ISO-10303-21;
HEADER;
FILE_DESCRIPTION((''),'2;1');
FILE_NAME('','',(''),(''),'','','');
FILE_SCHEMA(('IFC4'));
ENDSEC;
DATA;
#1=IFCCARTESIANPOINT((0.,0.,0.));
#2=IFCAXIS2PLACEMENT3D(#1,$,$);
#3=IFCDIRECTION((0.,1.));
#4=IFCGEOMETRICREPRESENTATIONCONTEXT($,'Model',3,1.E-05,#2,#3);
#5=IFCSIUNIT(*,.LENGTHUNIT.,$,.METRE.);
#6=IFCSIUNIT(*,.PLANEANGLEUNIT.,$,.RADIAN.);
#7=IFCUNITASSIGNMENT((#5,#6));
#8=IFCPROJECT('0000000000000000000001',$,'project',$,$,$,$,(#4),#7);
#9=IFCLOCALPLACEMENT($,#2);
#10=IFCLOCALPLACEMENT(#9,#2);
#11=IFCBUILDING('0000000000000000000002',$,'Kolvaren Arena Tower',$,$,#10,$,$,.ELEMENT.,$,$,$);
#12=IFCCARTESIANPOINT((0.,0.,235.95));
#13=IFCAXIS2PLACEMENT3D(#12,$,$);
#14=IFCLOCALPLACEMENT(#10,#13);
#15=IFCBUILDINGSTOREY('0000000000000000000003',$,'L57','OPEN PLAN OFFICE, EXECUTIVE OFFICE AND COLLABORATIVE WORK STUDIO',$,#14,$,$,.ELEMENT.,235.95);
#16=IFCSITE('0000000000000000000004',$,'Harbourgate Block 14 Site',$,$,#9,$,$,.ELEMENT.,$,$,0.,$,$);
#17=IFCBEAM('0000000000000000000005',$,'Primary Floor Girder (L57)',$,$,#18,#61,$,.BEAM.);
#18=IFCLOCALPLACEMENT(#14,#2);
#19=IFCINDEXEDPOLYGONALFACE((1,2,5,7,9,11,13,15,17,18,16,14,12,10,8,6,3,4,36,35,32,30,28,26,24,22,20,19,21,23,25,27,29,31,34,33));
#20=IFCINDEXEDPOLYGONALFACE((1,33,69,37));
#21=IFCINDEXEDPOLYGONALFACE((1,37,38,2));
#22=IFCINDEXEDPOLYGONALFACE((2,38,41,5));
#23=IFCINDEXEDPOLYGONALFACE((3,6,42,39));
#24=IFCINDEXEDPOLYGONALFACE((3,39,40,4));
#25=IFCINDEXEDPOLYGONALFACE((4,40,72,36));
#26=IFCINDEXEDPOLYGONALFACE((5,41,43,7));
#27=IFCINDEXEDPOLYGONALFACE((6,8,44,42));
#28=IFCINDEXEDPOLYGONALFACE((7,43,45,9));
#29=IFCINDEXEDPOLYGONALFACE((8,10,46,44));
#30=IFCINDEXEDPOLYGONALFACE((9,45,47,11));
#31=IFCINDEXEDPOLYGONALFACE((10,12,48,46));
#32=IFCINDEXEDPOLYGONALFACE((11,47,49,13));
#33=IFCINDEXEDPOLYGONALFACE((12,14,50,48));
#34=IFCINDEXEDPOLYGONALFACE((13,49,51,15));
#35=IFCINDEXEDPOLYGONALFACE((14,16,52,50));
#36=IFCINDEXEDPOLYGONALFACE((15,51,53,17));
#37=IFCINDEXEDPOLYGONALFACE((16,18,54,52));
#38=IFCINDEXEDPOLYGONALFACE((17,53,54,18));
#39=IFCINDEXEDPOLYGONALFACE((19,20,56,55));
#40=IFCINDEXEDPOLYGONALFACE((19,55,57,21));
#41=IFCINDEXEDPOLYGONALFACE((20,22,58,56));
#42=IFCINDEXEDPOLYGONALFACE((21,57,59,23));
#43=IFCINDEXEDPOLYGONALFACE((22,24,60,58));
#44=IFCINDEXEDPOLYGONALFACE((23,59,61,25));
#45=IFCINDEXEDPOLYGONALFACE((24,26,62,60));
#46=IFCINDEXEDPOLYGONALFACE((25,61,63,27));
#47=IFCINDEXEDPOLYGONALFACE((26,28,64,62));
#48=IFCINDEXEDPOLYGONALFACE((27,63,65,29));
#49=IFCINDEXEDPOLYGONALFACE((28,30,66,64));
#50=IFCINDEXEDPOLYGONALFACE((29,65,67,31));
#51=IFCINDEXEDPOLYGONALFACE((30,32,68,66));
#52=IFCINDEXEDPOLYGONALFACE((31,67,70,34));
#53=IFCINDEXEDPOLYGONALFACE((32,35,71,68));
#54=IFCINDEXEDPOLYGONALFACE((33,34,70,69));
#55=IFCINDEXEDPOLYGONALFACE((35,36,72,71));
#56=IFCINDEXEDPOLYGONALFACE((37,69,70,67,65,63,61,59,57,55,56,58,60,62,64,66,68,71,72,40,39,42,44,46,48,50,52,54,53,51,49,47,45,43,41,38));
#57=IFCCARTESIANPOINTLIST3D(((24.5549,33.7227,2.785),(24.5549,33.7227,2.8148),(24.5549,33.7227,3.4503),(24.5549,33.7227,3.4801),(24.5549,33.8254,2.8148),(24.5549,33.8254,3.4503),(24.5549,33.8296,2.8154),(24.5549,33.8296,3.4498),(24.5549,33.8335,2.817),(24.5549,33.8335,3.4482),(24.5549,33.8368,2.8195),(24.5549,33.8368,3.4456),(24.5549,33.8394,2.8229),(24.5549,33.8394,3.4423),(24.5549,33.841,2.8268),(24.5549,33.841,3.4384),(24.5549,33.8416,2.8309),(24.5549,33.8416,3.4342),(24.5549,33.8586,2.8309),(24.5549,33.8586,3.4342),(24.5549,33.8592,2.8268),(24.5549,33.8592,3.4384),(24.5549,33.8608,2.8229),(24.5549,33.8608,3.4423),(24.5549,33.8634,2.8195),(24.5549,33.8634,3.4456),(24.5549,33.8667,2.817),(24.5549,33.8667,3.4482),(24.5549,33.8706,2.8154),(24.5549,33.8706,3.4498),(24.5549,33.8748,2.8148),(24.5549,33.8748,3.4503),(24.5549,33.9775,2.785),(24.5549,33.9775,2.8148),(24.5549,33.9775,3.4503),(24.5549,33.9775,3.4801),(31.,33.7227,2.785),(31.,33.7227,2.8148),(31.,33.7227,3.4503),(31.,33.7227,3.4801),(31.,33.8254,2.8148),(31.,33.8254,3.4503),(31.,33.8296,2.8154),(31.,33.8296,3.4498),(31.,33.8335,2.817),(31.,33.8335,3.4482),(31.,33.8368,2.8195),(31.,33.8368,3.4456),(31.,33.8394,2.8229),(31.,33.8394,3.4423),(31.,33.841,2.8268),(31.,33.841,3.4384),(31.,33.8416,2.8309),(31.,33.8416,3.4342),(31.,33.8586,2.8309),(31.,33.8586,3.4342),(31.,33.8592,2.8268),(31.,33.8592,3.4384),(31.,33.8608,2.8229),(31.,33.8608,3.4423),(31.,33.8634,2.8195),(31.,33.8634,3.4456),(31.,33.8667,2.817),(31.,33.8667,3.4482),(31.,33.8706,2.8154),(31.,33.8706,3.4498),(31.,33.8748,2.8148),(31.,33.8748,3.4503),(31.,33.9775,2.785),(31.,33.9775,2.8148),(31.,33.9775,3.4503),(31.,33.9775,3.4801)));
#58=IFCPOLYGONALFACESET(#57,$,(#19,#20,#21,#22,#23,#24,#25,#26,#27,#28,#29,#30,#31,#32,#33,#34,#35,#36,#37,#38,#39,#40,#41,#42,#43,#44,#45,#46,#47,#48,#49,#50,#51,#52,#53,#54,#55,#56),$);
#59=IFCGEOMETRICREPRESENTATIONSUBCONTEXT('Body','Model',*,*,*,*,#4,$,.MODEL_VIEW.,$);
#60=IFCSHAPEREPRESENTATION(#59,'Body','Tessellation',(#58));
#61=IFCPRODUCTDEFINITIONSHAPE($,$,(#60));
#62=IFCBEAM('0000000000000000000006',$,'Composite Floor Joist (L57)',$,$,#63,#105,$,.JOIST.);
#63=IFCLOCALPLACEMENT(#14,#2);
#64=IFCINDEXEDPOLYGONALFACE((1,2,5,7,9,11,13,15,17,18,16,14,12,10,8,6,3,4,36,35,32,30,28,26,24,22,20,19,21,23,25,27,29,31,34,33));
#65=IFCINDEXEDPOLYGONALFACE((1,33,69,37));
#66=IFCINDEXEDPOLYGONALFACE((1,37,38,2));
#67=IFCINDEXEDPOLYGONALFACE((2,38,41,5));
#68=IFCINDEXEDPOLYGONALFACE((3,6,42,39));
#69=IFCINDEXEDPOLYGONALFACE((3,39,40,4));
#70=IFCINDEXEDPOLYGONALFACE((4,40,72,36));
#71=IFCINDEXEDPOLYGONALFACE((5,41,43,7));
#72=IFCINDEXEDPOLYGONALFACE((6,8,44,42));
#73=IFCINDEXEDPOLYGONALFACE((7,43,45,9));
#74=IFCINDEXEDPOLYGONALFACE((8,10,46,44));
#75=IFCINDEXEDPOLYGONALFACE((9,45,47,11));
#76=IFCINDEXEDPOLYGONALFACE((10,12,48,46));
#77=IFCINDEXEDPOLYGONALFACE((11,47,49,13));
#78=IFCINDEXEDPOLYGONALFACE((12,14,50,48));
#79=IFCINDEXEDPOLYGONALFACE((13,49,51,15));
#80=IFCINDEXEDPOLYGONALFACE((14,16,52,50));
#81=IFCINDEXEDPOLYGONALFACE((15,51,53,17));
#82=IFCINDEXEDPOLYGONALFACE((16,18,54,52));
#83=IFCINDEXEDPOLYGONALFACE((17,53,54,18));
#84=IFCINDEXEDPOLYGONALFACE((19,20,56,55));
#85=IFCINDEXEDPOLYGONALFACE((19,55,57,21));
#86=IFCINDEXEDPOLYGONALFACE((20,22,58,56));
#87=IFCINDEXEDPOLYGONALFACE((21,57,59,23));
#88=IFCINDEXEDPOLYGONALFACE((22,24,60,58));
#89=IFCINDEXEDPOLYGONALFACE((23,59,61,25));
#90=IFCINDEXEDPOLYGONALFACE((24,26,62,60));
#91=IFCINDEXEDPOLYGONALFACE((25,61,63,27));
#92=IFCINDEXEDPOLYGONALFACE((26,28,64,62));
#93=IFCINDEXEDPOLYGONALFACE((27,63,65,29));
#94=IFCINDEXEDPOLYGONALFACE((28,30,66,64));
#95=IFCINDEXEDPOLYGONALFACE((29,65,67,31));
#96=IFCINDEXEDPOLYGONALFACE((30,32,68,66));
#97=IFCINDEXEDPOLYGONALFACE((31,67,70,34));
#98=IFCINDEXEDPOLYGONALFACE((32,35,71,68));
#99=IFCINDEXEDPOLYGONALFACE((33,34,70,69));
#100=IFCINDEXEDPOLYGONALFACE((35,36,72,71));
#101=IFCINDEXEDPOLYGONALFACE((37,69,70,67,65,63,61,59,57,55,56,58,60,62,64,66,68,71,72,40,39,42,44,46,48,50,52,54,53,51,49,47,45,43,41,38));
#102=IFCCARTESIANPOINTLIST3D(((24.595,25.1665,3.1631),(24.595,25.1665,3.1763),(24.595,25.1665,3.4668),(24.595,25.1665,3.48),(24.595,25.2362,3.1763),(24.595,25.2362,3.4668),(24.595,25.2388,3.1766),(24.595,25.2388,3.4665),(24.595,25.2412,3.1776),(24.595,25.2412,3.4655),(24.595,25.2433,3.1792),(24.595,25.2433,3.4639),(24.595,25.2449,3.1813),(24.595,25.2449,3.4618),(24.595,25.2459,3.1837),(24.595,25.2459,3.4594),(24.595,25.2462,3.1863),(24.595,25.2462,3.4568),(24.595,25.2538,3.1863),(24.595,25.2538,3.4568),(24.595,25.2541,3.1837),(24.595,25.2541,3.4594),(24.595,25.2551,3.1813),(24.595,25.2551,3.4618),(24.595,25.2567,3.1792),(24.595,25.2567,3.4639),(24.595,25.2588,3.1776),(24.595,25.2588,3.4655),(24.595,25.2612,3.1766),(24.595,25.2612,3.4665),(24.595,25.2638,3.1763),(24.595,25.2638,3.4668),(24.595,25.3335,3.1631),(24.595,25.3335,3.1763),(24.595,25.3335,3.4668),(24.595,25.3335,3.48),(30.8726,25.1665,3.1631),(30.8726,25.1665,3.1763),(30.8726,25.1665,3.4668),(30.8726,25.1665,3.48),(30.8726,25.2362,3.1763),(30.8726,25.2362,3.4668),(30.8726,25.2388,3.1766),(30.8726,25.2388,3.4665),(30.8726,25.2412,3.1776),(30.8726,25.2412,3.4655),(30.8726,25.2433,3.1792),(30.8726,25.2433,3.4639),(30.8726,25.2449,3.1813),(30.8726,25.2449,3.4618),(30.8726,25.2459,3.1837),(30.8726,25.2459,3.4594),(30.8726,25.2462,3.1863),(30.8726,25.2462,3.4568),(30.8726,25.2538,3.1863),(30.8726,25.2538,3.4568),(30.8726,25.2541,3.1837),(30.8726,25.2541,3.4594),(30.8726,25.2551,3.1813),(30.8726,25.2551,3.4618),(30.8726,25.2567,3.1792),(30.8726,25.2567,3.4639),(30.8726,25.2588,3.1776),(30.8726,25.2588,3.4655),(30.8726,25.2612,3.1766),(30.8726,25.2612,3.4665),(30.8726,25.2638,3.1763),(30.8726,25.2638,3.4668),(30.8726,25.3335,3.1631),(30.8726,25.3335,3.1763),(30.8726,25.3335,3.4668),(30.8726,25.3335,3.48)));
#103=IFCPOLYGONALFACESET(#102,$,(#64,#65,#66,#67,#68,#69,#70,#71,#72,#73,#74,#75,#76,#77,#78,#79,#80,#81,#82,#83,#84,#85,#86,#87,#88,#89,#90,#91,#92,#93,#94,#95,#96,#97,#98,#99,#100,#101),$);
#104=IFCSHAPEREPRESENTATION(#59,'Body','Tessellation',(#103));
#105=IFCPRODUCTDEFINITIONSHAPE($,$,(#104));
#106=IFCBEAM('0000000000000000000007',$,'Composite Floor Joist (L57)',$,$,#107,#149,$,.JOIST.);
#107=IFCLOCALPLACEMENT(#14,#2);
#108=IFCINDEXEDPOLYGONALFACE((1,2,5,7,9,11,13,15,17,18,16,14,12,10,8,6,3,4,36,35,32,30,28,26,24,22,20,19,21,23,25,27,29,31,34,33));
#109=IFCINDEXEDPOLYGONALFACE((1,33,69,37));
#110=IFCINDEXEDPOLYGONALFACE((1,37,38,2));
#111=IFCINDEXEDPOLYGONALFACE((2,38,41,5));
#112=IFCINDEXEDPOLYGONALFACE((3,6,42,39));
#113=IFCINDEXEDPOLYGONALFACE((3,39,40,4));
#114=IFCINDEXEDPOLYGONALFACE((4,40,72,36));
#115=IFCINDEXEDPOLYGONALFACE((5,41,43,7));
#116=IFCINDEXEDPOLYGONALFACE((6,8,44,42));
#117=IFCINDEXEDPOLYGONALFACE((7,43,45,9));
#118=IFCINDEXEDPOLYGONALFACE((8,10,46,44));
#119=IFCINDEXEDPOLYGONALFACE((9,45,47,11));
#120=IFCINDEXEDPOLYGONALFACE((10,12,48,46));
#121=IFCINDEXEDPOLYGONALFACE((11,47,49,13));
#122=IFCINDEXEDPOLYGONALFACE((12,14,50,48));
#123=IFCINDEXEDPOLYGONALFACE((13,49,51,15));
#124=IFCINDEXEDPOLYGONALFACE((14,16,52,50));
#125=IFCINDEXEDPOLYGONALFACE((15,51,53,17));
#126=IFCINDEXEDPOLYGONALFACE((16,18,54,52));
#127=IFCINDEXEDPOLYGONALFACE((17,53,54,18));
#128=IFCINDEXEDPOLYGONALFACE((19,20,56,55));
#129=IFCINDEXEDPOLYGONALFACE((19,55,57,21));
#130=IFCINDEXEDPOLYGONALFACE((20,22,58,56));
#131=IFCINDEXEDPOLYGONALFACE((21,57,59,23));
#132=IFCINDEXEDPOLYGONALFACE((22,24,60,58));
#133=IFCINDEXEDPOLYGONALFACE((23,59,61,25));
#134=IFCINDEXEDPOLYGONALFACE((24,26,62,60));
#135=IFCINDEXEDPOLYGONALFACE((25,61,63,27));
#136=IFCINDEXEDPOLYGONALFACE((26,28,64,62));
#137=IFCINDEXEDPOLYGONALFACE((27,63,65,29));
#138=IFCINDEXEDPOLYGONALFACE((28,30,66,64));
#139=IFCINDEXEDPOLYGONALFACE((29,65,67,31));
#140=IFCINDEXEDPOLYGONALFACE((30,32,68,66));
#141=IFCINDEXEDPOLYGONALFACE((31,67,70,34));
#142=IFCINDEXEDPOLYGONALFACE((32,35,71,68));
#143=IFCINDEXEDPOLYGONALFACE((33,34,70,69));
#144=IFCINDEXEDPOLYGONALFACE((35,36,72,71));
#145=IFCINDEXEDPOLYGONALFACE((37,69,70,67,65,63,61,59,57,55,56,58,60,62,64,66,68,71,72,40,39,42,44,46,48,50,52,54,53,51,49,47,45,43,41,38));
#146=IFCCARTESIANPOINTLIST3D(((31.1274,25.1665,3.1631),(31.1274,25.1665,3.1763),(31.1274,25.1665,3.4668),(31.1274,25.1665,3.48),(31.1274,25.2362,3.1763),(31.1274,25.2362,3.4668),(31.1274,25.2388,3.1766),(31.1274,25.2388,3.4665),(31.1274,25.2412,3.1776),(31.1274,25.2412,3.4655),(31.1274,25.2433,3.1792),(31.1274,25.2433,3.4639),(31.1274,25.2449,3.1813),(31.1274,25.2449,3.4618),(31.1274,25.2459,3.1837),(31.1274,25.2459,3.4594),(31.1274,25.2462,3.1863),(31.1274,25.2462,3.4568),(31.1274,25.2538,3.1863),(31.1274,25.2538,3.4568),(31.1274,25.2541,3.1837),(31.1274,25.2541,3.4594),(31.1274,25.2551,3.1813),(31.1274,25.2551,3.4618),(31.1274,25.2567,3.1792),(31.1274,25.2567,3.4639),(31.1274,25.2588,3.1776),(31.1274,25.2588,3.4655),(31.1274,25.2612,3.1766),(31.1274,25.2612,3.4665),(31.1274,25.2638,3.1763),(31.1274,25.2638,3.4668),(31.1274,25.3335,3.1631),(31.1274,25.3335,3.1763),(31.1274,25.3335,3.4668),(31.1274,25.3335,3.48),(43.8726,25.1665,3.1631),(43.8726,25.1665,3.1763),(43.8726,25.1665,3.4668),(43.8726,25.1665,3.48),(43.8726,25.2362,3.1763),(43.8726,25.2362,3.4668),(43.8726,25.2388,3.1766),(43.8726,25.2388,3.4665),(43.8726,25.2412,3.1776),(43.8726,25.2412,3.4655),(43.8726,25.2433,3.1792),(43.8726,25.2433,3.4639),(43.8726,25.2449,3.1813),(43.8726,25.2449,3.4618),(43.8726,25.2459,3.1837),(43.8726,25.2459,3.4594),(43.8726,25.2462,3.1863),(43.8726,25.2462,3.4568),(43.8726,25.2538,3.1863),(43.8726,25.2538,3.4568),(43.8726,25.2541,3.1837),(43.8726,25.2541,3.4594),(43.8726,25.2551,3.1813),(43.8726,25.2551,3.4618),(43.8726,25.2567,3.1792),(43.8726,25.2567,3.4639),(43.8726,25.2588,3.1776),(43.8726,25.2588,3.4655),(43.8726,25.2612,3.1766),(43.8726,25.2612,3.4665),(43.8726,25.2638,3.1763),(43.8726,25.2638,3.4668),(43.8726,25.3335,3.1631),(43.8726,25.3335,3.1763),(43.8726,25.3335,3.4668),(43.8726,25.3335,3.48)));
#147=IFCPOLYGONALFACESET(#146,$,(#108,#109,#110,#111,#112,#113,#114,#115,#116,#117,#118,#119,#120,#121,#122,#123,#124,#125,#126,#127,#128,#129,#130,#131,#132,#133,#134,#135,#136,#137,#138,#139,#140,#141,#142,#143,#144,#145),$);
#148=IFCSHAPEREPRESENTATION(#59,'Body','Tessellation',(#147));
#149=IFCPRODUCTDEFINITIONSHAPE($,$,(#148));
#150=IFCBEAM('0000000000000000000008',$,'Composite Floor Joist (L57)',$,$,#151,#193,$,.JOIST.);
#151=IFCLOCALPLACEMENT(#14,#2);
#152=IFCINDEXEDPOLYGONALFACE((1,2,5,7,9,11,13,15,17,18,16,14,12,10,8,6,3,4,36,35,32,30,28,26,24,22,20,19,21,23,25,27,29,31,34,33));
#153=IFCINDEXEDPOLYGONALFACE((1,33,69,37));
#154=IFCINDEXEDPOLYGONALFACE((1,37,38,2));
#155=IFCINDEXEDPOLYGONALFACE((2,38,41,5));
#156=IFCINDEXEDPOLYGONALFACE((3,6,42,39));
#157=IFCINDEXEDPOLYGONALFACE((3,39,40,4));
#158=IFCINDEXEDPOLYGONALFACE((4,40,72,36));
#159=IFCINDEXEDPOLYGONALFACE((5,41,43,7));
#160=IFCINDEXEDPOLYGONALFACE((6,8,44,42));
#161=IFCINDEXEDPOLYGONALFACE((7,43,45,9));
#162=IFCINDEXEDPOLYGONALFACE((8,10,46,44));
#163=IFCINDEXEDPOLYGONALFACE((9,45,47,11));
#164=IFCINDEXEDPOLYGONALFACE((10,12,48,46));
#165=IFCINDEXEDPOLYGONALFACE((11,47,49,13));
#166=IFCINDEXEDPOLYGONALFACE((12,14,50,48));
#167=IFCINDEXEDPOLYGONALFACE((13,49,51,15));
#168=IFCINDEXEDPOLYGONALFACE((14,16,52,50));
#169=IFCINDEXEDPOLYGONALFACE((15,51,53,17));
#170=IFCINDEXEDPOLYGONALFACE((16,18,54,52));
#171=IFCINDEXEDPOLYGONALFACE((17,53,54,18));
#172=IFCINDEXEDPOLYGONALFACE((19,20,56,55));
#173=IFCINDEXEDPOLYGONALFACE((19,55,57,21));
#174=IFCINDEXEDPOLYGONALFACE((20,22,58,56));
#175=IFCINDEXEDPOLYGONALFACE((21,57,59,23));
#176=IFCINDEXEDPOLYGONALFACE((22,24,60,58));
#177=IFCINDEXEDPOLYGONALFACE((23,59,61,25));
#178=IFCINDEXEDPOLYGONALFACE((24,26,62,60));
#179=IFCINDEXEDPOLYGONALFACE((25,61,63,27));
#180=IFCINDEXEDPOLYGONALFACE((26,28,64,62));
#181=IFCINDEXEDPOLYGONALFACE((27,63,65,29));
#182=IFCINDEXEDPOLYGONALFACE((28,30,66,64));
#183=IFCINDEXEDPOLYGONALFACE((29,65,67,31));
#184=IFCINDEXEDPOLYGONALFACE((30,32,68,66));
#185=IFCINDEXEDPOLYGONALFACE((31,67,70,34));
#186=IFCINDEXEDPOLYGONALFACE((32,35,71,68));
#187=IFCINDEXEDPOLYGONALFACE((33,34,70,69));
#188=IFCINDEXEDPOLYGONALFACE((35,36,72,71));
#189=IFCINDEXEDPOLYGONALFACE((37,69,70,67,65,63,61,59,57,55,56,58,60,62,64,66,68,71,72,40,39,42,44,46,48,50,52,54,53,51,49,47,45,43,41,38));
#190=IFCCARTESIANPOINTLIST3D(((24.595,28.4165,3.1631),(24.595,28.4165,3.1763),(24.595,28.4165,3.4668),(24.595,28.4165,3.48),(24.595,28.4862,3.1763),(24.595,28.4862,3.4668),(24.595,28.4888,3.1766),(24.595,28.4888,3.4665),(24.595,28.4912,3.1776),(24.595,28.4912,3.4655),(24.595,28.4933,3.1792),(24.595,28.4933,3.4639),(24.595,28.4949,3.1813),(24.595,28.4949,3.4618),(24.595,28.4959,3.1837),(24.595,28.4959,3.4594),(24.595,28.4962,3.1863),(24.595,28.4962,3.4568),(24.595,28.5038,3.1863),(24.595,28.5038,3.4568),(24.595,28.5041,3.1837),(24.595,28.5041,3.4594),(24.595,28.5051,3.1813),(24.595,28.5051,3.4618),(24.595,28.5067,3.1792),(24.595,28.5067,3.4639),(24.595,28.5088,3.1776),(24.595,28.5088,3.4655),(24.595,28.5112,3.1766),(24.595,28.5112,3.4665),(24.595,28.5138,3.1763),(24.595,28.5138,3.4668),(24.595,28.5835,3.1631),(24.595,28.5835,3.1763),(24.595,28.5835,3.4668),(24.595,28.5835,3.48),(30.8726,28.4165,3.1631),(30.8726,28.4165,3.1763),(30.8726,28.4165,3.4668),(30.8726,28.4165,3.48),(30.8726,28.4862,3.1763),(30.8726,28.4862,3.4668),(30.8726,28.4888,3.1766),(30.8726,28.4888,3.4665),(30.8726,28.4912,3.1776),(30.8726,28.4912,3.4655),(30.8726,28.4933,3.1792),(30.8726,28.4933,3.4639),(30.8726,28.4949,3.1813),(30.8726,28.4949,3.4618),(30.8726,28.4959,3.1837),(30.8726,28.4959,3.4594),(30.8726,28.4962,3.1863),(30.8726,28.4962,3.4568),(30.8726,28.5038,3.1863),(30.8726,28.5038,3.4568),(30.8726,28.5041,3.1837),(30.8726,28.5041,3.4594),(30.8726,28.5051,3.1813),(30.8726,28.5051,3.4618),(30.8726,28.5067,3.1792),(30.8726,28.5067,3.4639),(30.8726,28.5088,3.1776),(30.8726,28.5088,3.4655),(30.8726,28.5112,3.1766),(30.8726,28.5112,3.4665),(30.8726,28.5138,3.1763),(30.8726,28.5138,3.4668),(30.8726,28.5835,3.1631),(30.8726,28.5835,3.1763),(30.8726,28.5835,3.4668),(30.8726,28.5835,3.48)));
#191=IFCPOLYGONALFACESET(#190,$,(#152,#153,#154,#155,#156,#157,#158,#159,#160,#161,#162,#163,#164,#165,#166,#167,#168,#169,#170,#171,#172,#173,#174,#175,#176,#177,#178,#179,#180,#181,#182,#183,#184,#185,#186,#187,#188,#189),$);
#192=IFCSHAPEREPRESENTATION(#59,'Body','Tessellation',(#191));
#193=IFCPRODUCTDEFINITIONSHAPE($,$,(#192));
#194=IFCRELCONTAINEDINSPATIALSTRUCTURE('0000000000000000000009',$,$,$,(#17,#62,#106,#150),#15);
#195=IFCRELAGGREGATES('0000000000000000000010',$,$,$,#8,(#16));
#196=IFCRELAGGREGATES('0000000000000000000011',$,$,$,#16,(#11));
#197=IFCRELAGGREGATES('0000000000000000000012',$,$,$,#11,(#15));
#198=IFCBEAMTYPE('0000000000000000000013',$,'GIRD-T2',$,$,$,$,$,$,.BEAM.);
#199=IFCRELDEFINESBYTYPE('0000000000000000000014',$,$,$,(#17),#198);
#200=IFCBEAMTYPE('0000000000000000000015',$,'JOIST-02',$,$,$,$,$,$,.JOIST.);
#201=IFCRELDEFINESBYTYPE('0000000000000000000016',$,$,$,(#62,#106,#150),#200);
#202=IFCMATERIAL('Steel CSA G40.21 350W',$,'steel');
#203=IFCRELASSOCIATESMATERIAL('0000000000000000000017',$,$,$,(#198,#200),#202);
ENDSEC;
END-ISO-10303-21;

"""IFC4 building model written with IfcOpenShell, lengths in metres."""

from ifc_helpers import new_model, si_unit, direction, frame, origin, origin_2d, place, context, subcontext, project, spatial, i_section, extrude, material, material_profile, profile_set, type_object, element, save


model = new_model("IFC4")

# Units and contexts
model_context = context("Model", 3, precision=1e-05, world=origin(), true_north=direction((0.0, 1.0)))
body_context = subcontext(model_context, "Body", "Model", "MODEL_VIEW")
ifc_project = project(units=[si_unit("LENGTHUNIT", "METRE"), si_unit("PLANEANGLEUNIT", "RADIAN")], contexts=[model_context])

# Site, building, storey
site_placement = place(None, origin())
site = spatial("IfcSite", under=ifc_project, at=site_placement, Name="Harbourgate Block 14 Site", CompositionType="ELEMENT", RefElevation=0.0)
building_placement = place(site_placement, origin())
building = spatial("IfcBuilding", under=site, at=building_placement, Name="Kolvaren Arena Tower", CompositionType="ELEMENT")
storey_placement = place(building_placement, frame((0.0, 0.0, 235.95)))
storey = spatial("IfcBuildingStorey", under=building, at=storey_placement, Name="L57", Description="OPEN PLAN OFFICE, EXECUTIVE OFFICE AND COLLABORATIVE WORK STUDIO", CompositionType="ELEMENT", Elevation=235.95)

# Beams
ifc_material_1 = material(Name="Steel CSA G40.21 350W", Category="steel")
ifc_material_profile_1 = material_profile(ifc_material_1, i_section(OverallWidth=0.2549, OverallDepth=0.6951, WebThickness=0.0171, FlangeThickness=0.0298, FilletRadius=0.0161, at=origin_2d()), Name="W690x217")
ifc_profile_set_1 = profile_set([ifc_material_profile_1], Name="Steel CSA G40.21 350W")
beam_type_1 = type_object("IfcBeamType", Name="GIRD-T2", PredefinedType="BEAM", material=ifc_profile_set_1)
beam_1_placement = place(storey_placement, frame((24.5549, 33.8501, 3.1326), z_axis=(1.0, 0.0, 0.0), x_axis=(0.0, 1.0, 0.0)))
element("IfcBeam", 1, at=beam_1_placement, inside=storey, type_object=beam_type_1, Name="Primary Floor Girder (L57)", PredefinedType="BEAM", context=body_context, shape_type="SweptSolid", body=[
    extrude(i_section(OverallWidth=0.2549, OverallDepth=0.6951, WebThickness=0.0171, FlangeThickness=0.0298, FilletRadius=0.0161, at=origin_2d()), origin(), (0.0, 0.0, 1.0), 6.4451),
])
ifc_material_profile_2 = material_profile(ifc_material_1, i_section(OverallWidth=0.167, OverallDepth=0.3169, WebThickness=0.0076, FlangeThickness=0.0132, FilletRadius=0.01, at=origin_2d()), Name="W310x52")
ifc_profile_set_2 = profile_set([ifc_material_profile_2], Name="Steel CSA G40.21 350W")
beam_type_2 = type_object("IfcBeamType", Name="JOIST-02", PredefinedType="JOIST", material=ifc_profile_set_2)
beam_2_placement = place(storey_placement, frame((24.595, 25.25, 3.3215), z_axis=(1.0, 0.0, 0.0), x_axis=(0.0, 1.0, 0.0)))
element("IfcBeam", 2, at=beam_2_placement, inside=storey, type_object=beam_type_2, Name="Composite Floor Joist (L57)", PredefinedType="JOIST", context=body_context, shape_type="SweptSolid", body=[
    extrude(i_section(OverallWidth=0.167, OverallDepth=0.3169, WebThickness=0.0076, FlangeThickness=0.0132, FilletRadius=0.01, at=origin_2d()), origin(), (0.0, 0.0, 1.0), 6.2776),
])
beam_3_placement = place(storey_placement, frame((31.1274, 25.25, 3.3215), z_axis=(1.0, 0.0, 0.0), x_axis=(0.0, 1.0, 0.0)))
element("IfcBeam", 3, at=beam_3_placement, inside=storey, type_object=beam_type_2, Name="Composite Floor Joist (L57)", PredefinedType="JOIST", context=body_context, shape_type="SweptSolid", body=[
    extrude(i_section(OverallWidth=0.167, OverallDepth=0.3169, WebThickness=0.0076, FlangeThickness=0.0132, FilletRadius=0.01, at=origin_2d()), origin(), (0.0, 0.0, 1.0), 12.7451),
])
beam_4_placement = place(storey_placement, frame((24.595, 28.5, 3.3215), z_axis=(1.0, 0.0, 0.0), x_axis=(0.0, 1.0, 0.0)))
element("IfcBeam", 4, at=beam_4_placement, inside=storey, type_object=beam_type_2, Name="Composite Floor Joist (L57)", PredefinedType="JOIST", context=body_context, shape_type="SweptSolid", body=[
    extrude(i_section(OverallWidth=0.167, OverallDepth=0.3169, WebThickness=0.0076, FlangeThickness=0.0132, FilletRadius=0.01, at=origin_2d()), origin(), (0.0, 0.0, 1.0), 6.2776),
])

save(model, "model.ifc")
